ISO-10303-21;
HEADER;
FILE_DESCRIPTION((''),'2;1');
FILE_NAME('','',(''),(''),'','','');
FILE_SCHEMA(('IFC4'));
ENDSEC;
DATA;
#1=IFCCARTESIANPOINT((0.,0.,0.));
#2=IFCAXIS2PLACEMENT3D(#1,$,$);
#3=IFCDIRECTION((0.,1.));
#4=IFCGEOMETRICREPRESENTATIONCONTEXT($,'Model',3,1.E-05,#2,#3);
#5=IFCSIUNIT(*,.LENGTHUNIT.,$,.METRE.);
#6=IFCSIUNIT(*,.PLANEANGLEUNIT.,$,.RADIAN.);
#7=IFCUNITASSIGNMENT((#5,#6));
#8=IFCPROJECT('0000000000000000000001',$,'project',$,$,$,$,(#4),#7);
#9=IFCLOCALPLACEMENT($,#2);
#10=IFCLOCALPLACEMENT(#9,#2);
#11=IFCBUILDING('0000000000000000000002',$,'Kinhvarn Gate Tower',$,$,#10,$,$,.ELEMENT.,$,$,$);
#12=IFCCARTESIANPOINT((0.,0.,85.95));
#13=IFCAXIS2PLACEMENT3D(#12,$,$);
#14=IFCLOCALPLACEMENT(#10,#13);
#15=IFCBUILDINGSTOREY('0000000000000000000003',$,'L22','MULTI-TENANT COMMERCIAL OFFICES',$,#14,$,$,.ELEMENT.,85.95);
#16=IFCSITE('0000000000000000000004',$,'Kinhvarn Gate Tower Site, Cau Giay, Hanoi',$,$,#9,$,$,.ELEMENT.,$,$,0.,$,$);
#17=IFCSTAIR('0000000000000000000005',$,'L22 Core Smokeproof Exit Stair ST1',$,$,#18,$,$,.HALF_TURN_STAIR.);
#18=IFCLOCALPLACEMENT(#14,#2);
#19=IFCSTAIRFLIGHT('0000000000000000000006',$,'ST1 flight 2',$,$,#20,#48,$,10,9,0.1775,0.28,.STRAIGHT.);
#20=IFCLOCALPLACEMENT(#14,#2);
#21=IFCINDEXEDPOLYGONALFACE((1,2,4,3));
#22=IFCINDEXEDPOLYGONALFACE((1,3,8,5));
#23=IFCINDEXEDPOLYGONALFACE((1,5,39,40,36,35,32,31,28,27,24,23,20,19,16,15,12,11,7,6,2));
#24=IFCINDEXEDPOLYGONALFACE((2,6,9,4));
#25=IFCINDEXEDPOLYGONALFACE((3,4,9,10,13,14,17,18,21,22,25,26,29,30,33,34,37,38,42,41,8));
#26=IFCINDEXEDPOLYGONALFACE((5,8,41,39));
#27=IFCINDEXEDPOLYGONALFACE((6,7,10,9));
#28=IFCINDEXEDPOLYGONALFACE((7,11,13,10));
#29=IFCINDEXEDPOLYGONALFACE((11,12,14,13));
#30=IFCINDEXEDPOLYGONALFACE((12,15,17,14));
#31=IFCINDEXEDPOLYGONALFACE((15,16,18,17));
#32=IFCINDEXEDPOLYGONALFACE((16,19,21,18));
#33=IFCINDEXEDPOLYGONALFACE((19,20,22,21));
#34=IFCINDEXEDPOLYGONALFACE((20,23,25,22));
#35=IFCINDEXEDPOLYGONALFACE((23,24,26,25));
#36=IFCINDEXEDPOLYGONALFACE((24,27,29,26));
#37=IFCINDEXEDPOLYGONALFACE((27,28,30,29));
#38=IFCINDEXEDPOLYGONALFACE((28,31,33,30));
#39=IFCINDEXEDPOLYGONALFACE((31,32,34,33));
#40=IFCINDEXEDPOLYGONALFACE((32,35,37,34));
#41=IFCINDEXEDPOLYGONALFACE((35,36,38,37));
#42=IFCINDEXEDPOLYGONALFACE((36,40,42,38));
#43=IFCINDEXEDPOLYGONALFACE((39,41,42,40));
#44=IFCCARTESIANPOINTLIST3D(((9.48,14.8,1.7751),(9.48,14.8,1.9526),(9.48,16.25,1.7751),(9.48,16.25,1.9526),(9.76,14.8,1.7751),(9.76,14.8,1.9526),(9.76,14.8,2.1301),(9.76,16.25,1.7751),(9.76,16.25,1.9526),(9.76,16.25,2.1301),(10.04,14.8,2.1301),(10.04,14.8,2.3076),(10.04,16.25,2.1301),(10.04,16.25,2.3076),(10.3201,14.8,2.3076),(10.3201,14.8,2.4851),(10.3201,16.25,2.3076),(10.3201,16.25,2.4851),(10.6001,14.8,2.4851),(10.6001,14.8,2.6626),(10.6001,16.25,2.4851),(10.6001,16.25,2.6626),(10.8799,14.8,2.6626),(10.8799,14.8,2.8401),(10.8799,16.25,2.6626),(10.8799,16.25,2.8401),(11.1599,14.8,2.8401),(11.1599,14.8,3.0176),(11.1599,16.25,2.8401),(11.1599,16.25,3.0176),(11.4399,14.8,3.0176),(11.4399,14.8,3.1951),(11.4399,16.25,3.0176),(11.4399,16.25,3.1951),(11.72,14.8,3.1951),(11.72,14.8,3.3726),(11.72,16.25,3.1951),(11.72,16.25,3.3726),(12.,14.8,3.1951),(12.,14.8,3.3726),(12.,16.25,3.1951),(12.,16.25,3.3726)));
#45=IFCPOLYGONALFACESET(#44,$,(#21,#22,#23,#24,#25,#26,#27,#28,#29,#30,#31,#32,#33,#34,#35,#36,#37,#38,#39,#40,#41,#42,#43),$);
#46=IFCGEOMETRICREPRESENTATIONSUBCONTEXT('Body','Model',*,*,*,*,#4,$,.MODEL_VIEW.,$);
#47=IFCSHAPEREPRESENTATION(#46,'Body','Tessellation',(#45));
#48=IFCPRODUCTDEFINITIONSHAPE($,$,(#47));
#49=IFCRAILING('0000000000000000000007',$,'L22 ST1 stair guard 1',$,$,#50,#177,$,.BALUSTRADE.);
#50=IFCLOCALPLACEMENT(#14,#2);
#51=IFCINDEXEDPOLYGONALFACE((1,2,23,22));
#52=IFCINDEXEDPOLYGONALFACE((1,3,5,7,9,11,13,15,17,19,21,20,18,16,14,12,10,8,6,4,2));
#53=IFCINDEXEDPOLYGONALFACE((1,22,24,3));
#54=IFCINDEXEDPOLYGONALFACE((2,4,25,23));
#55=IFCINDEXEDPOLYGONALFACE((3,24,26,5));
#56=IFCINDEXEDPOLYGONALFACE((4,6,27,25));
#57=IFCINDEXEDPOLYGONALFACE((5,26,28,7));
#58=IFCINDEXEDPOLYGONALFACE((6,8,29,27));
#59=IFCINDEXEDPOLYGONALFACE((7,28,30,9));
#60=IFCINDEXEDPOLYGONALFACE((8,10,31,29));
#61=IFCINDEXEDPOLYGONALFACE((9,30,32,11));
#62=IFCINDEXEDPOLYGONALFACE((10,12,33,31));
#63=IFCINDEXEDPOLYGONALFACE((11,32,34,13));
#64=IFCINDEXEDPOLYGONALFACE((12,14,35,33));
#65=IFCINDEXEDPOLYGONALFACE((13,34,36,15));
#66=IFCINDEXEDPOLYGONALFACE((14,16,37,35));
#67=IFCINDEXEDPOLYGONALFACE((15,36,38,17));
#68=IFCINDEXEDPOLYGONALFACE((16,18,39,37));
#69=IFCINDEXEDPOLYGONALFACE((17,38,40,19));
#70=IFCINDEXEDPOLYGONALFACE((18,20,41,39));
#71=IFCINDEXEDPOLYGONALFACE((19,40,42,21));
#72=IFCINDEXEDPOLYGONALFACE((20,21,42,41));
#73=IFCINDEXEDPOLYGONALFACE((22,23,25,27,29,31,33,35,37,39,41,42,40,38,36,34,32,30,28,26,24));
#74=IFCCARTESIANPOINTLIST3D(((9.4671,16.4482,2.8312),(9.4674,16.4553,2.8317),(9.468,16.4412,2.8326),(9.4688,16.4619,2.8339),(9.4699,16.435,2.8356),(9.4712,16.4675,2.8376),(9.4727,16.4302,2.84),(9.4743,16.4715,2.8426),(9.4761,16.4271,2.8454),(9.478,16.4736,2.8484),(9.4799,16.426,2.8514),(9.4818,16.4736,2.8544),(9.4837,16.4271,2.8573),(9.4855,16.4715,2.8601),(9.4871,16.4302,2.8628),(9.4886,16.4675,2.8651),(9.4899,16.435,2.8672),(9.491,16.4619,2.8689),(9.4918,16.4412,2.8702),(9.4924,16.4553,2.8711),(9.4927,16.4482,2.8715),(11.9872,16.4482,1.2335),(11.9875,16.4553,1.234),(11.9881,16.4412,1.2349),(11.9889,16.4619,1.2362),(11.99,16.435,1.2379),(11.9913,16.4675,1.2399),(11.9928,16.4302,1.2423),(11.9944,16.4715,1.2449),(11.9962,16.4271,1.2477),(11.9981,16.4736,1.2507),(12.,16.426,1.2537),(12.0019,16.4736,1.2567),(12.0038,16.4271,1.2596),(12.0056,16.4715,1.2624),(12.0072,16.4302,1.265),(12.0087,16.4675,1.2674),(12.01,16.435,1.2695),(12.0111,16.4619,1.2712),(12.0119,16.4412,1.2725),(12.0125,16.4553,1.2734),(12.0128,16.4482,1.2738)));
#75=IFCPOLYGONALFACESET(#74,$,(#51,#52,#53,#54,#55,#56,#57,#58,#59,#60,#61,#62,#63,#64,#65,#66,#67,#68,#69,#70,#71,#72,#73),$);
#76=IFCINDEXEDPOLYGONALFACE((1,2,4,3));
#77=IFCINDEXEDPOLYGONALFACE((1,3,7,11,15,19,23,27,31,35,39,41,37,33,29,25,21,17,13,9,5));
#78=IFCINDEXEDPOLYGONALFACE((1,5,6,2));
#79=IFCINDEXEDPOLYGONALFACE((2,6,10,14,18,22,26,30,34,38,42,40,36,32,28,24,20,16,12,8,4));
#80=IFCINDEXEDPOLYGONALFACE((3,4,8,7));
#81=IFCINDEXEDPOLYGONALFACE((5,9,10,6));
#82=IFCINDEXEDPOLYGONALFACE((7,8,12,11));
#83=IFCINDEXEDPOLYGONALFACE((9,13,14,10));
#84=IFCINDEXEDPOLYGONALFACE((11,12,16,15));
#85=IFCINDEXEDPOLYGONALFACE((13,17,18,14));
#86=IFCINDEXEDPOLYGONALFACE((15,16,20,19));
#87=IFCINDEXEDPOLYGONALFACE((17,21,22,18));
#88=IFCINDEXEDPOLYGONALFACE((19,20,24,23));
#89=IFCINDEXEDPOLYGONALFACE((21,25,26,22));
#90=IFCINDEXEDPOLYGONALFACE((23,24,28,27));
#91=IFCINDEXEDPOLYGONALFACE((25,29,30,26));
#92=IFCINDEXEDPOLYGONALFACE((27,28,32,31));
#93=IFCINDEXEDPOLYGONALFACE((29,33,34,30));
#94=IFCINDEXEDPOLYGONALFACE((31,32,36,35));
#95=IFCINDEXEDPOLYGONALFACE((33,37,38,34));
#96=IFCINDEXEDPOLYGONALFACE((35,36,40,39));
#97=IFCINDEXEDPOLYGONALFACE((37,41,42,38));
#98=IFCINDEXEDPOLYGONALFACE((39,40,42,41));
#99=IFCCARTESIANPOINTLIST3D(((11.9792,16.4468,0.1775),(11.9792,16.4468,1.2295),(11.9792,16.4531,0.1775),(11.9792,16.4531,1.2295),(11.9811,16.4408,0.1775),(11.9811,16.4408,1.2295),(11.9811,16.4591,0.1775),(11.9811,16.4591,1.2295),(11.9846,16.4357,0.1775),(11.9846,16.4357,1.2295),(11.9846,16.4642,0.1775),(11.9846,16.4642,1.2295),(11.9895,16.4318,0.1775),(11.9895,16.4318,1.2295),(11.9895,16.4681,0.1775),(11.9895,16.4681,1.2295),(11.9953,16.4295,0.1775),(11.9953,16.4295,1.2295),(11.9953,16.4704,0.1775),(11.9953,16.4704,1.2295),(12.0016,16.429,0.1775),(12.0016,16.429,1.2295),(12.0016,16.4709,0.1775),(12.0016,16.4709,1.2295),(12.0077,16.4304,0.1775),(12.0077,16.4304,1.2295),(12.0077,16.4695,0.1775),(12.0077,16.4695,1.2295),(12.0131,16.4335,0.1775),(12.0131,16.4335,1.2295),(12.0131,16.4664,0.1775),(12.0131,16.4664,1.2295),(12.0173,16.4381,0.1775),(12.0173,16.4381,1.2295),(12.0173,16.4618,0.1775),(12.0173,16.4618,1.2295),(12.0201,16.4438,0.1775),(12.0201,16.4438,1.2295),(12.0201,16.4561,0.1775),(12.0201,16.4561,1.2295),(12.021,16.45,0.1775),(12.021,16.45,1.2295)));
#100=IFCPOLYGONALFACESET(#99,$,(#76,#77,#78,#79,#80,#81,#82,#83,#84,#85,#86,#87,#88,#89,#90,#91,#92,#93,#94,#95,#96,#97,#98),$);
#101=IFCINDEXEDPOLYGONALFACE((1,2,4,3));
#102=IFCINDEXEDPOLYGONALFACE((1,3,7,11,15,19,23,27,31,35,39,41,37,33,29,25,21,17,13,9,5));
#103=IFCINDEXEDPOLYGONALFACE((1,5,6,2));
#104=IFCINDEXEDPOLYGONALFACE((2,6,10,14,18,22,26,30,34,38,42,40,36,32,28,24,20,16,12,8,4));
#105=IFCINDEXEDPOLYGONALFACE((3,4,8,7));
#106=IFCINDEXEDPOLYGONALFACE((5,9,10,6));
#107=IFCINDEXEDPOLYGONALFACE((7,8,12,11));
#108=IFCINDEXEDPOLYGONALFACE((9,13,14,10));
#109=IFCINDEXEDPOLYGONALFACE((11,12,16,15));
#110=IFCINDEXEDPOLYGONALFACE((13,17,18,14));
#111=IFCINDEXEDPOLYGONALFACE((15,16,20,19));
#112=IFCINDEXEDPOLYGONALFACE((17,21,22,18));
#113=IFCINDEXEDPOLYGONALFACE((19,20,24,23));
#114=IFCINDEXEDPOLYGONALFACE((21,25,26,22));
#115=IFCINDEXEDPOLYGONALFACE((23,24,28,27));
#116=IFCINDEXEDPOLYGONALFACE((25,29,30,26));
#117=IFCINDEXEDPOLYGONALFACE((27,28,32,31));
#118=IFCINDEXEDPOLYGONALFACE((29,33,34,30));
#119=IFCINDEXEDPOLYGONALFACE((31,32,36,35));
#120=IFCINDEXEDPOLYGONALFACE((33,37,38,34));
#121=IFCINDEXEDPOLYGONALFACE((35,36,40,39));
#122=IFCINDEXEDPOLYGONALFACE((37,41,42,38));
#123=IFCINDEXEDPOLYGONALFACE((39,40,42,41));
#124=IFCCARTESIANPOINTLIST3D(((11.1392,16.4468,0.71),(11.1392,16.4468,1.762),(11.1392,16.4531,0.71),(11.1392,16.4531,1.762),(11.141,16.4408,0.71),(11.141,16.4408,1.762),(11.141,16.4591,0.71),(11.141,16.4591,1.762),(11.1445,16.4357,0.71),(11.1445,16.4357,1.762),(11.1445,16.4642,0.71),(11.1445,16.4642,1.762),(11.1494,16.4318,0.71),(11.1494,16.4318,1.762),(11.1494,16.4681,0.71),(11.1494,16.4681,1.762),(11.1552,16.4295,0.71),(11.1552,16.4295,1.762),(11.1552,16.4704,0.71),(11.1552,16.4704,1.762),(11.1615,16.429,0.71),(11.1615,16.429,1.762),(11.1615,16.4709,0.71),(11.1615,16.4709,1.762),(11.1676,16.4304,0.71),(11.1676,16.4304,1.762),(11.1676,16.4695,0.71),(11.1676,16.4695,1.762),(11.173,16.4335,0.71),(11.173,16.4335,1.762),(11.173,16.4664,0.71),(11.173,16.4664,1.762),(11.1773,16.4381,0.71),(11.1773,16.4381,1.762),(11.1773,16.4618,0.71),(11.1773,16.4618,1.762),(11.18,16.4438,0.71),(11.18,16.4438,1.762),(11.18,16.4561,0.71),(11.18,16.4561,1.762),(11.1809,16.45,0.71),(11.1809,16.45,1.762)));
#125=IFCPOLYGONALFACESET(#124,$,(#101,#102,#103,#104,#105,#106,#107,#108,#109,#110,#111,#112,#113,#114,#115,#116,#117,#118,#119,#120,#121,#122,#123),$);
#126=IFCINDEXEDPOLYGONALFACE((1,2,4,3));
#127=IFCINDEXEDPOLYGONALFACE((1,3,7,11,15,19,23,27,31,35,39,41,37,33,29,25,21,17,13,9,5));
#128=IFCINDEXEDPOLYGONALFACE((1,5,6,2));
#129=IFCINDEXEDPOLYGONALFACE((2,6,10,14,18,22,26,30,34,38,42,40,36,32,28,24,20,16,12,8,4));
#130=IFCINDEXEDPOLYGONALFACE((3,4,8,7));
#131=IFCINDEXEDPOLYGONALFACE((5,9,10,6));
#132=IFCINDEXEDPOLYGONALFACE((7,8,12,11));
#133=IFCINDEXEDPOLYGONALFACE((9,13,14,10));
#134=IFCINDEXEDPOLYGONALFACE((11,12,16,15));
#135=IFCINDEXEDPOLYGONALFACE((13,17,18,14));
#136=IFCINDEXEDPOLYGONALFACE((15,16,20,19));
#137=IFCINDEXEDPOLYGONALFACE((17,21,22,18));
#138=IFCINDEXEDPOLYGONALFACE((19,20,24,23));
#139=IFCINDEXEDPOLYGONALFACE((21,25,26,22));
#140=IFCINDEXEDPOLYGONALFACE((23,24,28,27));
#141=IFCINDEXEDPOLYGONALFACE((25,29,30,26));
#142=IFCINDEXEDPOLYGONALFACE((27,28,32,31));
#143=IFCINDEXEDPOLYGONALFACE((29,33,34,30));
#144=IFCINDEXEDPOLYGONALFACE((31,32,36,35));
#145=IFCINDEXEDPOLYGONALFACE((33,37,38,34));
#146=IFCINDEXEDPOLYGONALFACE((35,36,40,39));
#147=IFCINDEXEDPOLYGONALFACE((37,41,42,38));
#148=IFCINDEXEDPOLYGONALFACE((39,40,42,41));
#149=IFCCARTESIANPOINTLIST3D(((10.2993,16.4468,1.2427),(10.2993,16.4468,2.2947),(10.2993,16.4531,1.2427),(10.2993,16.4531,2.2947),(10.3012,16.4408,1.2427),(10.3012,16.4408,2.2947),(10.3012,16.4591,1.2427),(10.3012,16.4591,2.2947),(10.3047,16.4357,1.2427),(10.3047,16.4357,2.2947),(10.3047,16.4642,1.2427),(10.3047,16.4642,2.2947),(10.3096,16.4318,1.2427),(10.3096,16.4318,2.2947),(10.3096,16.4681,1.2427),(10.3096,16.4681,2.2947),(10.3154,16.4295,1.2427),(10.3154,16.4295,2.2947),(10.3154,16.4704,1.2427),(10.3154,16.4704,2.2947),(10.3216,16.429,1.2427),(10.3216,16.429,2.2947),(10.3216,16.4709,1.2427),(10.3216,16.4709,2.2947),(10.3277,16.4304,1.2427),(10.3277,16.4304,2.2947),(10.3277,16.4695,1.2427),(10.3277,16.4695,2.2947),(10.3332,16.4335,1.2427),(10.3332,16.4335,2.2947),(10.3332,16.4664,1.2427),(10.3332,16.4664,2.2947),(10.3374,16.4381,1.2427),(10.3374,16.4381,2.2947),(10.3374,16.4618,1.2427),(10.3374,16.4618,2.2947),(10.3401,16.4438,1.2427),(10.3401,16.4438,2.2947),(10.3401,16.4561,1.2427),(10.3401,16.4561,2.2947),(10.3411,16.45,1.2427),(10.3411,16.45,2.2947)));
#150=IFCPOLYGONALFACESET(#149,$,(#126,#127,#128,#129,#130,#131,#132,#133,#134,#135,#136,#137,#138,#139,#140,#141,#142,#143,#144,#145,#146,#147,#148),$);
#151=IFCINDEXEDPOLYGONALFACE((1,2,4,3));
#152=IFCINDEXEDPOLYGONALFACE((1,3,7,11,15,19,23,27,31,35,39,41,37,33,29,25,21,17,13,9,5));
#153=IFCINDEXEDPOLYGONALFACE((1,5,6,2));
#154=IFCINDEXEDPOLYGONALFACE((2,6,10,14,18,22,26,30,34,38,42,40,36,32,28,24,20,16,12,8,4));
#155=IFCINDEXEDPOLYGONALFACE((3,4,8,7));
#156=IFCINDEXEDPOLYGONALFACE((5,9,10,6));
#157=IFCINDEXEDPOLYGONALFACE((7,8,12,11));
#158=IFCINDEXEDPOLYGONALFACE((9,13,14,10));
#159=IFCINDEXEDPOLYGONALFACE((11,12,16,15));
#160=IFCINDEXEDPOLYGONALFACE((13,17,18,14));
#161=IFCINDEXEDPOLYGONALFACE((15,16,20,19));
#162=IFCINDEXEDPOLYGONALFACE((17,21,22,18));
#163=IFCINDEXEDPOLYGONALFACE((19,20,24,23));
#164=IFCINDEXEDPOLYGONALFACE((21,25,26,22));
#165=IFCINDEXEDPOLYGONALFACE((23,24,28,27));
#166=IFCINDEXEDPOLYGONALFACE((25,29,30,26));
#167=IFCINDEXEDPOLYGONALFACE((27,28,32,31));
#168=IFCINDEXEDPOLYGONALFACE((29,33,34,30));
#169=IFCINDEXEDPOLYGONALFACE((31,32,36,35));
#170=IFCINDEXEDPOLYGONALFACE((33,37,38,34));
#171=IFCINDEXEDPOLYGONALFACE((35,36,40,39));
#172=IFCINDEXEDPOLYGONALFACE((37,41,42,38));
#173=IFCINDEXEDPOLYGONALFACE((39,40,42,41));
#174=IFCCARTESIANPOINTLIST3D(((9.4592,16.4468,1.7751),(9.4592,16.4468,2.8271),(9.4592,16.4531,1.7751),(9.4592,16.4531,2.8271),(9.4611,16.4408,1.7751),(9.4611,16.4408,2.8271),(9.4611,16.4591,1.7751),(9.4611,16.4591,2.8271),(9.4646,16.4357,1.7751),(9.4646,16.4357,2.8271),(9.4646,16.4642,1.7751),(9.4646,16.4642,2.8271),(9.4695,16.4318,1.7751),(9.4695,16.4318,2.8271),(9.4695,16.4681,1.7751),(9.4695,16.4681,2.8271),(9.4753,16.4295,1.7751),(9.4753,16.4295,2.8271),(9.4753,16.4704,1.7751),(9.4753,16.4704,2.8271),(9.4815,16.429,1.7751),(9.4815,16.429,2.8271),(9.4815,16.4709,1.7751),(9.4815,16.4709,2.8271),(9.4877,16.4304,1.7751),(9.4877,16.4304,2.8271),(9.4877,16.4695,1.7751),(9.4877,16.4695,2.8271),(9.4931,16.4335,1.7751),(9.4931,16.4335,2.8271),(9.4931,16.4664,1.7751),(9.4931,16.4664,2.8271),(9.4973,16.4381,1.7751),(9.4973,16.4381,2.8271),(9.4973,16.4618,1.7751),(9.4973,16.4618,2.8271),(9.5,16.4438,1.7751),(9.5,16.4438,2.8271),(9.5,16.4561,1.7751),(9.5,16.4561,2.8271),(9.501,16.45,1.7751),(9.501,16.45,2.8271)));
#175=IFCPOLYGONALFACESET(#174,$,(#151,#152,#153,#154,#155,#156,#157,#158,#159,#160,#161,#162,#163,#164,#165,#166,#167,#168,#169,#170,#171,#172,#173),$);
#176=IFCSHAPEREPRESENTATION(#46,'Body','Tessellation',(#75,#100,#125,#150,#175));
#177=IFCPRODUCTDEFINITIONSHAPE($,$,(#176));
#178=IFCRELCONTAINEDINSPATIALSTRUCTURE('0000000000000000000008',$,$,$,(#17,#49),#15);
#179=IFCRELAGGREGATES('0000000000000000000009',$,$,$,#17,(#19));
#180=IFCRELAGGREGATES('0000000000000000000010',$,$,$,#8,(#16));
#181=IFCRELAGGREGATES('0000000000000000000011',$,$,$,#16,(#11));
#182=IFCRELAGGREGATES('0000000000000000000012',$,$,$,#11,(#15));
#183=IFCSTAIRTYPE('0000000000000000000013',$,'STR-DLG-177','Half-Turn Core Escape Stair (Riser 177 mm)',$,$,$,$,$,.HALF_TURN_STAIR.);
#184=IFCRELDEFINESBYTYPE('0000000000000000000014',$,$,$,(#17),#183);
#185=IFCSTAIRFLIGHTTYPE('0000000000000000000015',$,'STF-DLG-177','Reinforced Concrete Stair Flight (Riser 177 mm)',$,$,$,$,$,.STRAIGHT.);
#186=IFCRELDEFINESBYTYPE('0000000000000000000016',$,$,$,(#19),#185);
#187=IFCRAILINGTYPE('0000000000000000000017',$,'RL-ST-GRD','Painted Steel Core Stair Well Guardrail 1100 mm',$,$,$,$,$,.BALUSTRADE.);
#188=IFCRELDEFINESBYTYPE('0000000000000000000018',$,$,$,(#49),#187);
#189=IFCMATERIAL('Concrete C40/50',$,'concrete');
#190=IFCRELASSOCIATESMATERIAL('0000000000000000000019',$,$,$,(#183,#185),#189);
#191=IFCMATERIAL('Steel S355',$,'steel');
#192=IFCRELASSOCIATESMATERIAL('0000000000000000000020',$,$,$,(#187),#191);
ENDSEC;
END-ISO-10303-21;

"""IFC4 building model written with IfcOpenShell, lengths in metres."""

from ifc_helpers import new_model, si_unit, direction, frame, origin, origin_2d, place, context, subcontext, project, spatial, polyline, circle, outline, extrude, material, type_object, element, aggregate, save


model = new_model("IFC4")

# Units and contexts
model_context = context("Model", 3, precision=1e-05, world=origin(), true_north=direction((0.0, 1.0)))
body_context = subcontext(model_context, "Body", "Model", "MODEL_VIEW")
ifc_project = project(units=[si_unit("LENGTHUNIT", "METRE"), si_unit("PLANEANGLEUNIT", "RADIAN")], contexts=[model_context])

# Site, building, storey
site_placement = place(None, origin())
site = spatial("IfcSite", under=ifc_project, at=site_placement, Name="Kinhvarn Gate Tower Site, Cau Giay, Hanoi", CompositionType="ELEMENT", RefElevation=0.0)
building_placement = place(site_placement, origin())
building = spatial("IfcBuilding", under=site, at=building_placement, Name="Kinhvarn Gate Tower", CompositionType="ELEMENT")
storey_placement = place(building_placement, frame((0.0, 0.0, 85.95)))
storey = spatial("IfcBuildingStorey", under=building, at=storey_placement, Name="L22", Description="MULTI-TENANT COMMERCIAL OFFICES", CompositionType="ELEMENT", Elevation=85.95)

# Shared definitions
ifc_material_1 = material(Name="Steel S355", Category="steel")

# Shared definitions
ifc_material_2 = material(Name="Concrete C40/50", Category="concrete")

# Stair, stair flight
stair_type = type_object("IfcStairType", Name="STR-DLG-177", Description="Half-Turn Core Escape Stair (Riser 177 mm)", PredefinedType="HALF_TURN_STAIR", material=ifc_material_2)
stair_placement = place(storey_placement, origin())
stair = element("IfcStair", 1, at=stair_placement, inside=storey, type_object=stair_type, Name="L22 Core Smokeproof Exit Stair ST1", PredefinedType="HALF_TURN_STAIR")
stair_flight_type = type_object("IfcStairFlightType", Name="STF-DLG-177", Description="Reinforced Concrete Stair Flight (Riser 177 mm)", PredefinedType="STRAIGHT", material=ifc_material_2)
stair_flight_1_placement = place(storey_placement, frame((9.48, 15.5249, 1.7751), z_axis=(0.0, 0.0, 1.0), x_axis=(1.0, 0.0, 0.0)))
stair_flight_1 = element("IfcStairFlight", 2, at=stair_flight_1_placement, type_object=stair_flight_type, Name="ST1 flight 2", NumberOfRisers=10, NumberOfTreads=9, PredefinedType="STRAIGHT", RiserHeight=0.1775, TreadLength=0.28, context=body_context, shape_type="SweptSolid", body=[
    extrude(outline(polyline([(0.0, 0.0), (0.0, 0.1775), (0.28, 0.1775), (0.28, 0.355), (0.5601, 0.355), (0.5601, 0.5325), (0.8401, 0.5325), (0.8401, 0.71), (1.1201, 0.71), (1.1201, 0.8875), (1.3999, 0.8875), (1.3999, 1.0649), (1.6799, 1.0649), (1.6799, 1.2424), (1.96, 1.2424), (1.96, 1.4199), (2.24, 1.4199), (2.24, 1.5974), (2.52, 1.5974), (2.52, 1.7749), (2.52, 1.4199), (0.28, 0.0), (0.0, 0.0)])), frame((0.0, 0.7251, 0.0), z_axis=(0.0, -1.0, 0.0), x_axis=(1.0, 0.0, 0.0)), (0.0, 0.0, 1.0), 1.45),
])
aggregate(stair, [stair_flight_1])

# Railing
railing_type_1 = type_object("IfcRailingType", Name="RL-ST-GRD", Description="Painted Steel Core Stair Well Guardrail 1100 mm", PredefinedType="BALUSTRADE", material=ifc_material_1)
railing_1_placement = place(storey_placement, frame((12.0, 16.45, 0.1775)))
element("IfcRailing", 3, at=railing_1_placement, inside=storey, type_object=railing_type_1, Name="L22 ST1 stair guard 1", PredefinedType="BALUSTRADE", context=body_context, shape_type="SweptSolid", body=[
    extrude(circle(Radius=0.0239, at=origin_2d()), frame((0.0, 0.0, 1.0762), z_axis=(-0.84457, 0.0, 0.535445), x_axis=(0.0, -1.0, 0.0)), (0.0, 0.0, 1.0), 2.9839),
    extrude(circle(Radius=0.021, at=origin_2d()), origin(), (0.0, 0.0, 1.0), 1.052),
    extrude(circle(Radius=0.021, at=origin_2d()), frame((-0.8401, 0.0, 0.5325)), (0.0, 0.0, 1.0), 1.052),
    extrude(circle(Radius=0.021, at=origin_2d()), frame((-1.6799, 0.0, 1.0652)), (0.0, 0.0, 1.0), 1.052),
    extrude(circle(Radius=0.021, at=origin_2d()), frame((-2.52, 0.0, 1.5977)), (0.0, 0.0, 1.0), 1.052),
])

save(model, "model.ifc")
